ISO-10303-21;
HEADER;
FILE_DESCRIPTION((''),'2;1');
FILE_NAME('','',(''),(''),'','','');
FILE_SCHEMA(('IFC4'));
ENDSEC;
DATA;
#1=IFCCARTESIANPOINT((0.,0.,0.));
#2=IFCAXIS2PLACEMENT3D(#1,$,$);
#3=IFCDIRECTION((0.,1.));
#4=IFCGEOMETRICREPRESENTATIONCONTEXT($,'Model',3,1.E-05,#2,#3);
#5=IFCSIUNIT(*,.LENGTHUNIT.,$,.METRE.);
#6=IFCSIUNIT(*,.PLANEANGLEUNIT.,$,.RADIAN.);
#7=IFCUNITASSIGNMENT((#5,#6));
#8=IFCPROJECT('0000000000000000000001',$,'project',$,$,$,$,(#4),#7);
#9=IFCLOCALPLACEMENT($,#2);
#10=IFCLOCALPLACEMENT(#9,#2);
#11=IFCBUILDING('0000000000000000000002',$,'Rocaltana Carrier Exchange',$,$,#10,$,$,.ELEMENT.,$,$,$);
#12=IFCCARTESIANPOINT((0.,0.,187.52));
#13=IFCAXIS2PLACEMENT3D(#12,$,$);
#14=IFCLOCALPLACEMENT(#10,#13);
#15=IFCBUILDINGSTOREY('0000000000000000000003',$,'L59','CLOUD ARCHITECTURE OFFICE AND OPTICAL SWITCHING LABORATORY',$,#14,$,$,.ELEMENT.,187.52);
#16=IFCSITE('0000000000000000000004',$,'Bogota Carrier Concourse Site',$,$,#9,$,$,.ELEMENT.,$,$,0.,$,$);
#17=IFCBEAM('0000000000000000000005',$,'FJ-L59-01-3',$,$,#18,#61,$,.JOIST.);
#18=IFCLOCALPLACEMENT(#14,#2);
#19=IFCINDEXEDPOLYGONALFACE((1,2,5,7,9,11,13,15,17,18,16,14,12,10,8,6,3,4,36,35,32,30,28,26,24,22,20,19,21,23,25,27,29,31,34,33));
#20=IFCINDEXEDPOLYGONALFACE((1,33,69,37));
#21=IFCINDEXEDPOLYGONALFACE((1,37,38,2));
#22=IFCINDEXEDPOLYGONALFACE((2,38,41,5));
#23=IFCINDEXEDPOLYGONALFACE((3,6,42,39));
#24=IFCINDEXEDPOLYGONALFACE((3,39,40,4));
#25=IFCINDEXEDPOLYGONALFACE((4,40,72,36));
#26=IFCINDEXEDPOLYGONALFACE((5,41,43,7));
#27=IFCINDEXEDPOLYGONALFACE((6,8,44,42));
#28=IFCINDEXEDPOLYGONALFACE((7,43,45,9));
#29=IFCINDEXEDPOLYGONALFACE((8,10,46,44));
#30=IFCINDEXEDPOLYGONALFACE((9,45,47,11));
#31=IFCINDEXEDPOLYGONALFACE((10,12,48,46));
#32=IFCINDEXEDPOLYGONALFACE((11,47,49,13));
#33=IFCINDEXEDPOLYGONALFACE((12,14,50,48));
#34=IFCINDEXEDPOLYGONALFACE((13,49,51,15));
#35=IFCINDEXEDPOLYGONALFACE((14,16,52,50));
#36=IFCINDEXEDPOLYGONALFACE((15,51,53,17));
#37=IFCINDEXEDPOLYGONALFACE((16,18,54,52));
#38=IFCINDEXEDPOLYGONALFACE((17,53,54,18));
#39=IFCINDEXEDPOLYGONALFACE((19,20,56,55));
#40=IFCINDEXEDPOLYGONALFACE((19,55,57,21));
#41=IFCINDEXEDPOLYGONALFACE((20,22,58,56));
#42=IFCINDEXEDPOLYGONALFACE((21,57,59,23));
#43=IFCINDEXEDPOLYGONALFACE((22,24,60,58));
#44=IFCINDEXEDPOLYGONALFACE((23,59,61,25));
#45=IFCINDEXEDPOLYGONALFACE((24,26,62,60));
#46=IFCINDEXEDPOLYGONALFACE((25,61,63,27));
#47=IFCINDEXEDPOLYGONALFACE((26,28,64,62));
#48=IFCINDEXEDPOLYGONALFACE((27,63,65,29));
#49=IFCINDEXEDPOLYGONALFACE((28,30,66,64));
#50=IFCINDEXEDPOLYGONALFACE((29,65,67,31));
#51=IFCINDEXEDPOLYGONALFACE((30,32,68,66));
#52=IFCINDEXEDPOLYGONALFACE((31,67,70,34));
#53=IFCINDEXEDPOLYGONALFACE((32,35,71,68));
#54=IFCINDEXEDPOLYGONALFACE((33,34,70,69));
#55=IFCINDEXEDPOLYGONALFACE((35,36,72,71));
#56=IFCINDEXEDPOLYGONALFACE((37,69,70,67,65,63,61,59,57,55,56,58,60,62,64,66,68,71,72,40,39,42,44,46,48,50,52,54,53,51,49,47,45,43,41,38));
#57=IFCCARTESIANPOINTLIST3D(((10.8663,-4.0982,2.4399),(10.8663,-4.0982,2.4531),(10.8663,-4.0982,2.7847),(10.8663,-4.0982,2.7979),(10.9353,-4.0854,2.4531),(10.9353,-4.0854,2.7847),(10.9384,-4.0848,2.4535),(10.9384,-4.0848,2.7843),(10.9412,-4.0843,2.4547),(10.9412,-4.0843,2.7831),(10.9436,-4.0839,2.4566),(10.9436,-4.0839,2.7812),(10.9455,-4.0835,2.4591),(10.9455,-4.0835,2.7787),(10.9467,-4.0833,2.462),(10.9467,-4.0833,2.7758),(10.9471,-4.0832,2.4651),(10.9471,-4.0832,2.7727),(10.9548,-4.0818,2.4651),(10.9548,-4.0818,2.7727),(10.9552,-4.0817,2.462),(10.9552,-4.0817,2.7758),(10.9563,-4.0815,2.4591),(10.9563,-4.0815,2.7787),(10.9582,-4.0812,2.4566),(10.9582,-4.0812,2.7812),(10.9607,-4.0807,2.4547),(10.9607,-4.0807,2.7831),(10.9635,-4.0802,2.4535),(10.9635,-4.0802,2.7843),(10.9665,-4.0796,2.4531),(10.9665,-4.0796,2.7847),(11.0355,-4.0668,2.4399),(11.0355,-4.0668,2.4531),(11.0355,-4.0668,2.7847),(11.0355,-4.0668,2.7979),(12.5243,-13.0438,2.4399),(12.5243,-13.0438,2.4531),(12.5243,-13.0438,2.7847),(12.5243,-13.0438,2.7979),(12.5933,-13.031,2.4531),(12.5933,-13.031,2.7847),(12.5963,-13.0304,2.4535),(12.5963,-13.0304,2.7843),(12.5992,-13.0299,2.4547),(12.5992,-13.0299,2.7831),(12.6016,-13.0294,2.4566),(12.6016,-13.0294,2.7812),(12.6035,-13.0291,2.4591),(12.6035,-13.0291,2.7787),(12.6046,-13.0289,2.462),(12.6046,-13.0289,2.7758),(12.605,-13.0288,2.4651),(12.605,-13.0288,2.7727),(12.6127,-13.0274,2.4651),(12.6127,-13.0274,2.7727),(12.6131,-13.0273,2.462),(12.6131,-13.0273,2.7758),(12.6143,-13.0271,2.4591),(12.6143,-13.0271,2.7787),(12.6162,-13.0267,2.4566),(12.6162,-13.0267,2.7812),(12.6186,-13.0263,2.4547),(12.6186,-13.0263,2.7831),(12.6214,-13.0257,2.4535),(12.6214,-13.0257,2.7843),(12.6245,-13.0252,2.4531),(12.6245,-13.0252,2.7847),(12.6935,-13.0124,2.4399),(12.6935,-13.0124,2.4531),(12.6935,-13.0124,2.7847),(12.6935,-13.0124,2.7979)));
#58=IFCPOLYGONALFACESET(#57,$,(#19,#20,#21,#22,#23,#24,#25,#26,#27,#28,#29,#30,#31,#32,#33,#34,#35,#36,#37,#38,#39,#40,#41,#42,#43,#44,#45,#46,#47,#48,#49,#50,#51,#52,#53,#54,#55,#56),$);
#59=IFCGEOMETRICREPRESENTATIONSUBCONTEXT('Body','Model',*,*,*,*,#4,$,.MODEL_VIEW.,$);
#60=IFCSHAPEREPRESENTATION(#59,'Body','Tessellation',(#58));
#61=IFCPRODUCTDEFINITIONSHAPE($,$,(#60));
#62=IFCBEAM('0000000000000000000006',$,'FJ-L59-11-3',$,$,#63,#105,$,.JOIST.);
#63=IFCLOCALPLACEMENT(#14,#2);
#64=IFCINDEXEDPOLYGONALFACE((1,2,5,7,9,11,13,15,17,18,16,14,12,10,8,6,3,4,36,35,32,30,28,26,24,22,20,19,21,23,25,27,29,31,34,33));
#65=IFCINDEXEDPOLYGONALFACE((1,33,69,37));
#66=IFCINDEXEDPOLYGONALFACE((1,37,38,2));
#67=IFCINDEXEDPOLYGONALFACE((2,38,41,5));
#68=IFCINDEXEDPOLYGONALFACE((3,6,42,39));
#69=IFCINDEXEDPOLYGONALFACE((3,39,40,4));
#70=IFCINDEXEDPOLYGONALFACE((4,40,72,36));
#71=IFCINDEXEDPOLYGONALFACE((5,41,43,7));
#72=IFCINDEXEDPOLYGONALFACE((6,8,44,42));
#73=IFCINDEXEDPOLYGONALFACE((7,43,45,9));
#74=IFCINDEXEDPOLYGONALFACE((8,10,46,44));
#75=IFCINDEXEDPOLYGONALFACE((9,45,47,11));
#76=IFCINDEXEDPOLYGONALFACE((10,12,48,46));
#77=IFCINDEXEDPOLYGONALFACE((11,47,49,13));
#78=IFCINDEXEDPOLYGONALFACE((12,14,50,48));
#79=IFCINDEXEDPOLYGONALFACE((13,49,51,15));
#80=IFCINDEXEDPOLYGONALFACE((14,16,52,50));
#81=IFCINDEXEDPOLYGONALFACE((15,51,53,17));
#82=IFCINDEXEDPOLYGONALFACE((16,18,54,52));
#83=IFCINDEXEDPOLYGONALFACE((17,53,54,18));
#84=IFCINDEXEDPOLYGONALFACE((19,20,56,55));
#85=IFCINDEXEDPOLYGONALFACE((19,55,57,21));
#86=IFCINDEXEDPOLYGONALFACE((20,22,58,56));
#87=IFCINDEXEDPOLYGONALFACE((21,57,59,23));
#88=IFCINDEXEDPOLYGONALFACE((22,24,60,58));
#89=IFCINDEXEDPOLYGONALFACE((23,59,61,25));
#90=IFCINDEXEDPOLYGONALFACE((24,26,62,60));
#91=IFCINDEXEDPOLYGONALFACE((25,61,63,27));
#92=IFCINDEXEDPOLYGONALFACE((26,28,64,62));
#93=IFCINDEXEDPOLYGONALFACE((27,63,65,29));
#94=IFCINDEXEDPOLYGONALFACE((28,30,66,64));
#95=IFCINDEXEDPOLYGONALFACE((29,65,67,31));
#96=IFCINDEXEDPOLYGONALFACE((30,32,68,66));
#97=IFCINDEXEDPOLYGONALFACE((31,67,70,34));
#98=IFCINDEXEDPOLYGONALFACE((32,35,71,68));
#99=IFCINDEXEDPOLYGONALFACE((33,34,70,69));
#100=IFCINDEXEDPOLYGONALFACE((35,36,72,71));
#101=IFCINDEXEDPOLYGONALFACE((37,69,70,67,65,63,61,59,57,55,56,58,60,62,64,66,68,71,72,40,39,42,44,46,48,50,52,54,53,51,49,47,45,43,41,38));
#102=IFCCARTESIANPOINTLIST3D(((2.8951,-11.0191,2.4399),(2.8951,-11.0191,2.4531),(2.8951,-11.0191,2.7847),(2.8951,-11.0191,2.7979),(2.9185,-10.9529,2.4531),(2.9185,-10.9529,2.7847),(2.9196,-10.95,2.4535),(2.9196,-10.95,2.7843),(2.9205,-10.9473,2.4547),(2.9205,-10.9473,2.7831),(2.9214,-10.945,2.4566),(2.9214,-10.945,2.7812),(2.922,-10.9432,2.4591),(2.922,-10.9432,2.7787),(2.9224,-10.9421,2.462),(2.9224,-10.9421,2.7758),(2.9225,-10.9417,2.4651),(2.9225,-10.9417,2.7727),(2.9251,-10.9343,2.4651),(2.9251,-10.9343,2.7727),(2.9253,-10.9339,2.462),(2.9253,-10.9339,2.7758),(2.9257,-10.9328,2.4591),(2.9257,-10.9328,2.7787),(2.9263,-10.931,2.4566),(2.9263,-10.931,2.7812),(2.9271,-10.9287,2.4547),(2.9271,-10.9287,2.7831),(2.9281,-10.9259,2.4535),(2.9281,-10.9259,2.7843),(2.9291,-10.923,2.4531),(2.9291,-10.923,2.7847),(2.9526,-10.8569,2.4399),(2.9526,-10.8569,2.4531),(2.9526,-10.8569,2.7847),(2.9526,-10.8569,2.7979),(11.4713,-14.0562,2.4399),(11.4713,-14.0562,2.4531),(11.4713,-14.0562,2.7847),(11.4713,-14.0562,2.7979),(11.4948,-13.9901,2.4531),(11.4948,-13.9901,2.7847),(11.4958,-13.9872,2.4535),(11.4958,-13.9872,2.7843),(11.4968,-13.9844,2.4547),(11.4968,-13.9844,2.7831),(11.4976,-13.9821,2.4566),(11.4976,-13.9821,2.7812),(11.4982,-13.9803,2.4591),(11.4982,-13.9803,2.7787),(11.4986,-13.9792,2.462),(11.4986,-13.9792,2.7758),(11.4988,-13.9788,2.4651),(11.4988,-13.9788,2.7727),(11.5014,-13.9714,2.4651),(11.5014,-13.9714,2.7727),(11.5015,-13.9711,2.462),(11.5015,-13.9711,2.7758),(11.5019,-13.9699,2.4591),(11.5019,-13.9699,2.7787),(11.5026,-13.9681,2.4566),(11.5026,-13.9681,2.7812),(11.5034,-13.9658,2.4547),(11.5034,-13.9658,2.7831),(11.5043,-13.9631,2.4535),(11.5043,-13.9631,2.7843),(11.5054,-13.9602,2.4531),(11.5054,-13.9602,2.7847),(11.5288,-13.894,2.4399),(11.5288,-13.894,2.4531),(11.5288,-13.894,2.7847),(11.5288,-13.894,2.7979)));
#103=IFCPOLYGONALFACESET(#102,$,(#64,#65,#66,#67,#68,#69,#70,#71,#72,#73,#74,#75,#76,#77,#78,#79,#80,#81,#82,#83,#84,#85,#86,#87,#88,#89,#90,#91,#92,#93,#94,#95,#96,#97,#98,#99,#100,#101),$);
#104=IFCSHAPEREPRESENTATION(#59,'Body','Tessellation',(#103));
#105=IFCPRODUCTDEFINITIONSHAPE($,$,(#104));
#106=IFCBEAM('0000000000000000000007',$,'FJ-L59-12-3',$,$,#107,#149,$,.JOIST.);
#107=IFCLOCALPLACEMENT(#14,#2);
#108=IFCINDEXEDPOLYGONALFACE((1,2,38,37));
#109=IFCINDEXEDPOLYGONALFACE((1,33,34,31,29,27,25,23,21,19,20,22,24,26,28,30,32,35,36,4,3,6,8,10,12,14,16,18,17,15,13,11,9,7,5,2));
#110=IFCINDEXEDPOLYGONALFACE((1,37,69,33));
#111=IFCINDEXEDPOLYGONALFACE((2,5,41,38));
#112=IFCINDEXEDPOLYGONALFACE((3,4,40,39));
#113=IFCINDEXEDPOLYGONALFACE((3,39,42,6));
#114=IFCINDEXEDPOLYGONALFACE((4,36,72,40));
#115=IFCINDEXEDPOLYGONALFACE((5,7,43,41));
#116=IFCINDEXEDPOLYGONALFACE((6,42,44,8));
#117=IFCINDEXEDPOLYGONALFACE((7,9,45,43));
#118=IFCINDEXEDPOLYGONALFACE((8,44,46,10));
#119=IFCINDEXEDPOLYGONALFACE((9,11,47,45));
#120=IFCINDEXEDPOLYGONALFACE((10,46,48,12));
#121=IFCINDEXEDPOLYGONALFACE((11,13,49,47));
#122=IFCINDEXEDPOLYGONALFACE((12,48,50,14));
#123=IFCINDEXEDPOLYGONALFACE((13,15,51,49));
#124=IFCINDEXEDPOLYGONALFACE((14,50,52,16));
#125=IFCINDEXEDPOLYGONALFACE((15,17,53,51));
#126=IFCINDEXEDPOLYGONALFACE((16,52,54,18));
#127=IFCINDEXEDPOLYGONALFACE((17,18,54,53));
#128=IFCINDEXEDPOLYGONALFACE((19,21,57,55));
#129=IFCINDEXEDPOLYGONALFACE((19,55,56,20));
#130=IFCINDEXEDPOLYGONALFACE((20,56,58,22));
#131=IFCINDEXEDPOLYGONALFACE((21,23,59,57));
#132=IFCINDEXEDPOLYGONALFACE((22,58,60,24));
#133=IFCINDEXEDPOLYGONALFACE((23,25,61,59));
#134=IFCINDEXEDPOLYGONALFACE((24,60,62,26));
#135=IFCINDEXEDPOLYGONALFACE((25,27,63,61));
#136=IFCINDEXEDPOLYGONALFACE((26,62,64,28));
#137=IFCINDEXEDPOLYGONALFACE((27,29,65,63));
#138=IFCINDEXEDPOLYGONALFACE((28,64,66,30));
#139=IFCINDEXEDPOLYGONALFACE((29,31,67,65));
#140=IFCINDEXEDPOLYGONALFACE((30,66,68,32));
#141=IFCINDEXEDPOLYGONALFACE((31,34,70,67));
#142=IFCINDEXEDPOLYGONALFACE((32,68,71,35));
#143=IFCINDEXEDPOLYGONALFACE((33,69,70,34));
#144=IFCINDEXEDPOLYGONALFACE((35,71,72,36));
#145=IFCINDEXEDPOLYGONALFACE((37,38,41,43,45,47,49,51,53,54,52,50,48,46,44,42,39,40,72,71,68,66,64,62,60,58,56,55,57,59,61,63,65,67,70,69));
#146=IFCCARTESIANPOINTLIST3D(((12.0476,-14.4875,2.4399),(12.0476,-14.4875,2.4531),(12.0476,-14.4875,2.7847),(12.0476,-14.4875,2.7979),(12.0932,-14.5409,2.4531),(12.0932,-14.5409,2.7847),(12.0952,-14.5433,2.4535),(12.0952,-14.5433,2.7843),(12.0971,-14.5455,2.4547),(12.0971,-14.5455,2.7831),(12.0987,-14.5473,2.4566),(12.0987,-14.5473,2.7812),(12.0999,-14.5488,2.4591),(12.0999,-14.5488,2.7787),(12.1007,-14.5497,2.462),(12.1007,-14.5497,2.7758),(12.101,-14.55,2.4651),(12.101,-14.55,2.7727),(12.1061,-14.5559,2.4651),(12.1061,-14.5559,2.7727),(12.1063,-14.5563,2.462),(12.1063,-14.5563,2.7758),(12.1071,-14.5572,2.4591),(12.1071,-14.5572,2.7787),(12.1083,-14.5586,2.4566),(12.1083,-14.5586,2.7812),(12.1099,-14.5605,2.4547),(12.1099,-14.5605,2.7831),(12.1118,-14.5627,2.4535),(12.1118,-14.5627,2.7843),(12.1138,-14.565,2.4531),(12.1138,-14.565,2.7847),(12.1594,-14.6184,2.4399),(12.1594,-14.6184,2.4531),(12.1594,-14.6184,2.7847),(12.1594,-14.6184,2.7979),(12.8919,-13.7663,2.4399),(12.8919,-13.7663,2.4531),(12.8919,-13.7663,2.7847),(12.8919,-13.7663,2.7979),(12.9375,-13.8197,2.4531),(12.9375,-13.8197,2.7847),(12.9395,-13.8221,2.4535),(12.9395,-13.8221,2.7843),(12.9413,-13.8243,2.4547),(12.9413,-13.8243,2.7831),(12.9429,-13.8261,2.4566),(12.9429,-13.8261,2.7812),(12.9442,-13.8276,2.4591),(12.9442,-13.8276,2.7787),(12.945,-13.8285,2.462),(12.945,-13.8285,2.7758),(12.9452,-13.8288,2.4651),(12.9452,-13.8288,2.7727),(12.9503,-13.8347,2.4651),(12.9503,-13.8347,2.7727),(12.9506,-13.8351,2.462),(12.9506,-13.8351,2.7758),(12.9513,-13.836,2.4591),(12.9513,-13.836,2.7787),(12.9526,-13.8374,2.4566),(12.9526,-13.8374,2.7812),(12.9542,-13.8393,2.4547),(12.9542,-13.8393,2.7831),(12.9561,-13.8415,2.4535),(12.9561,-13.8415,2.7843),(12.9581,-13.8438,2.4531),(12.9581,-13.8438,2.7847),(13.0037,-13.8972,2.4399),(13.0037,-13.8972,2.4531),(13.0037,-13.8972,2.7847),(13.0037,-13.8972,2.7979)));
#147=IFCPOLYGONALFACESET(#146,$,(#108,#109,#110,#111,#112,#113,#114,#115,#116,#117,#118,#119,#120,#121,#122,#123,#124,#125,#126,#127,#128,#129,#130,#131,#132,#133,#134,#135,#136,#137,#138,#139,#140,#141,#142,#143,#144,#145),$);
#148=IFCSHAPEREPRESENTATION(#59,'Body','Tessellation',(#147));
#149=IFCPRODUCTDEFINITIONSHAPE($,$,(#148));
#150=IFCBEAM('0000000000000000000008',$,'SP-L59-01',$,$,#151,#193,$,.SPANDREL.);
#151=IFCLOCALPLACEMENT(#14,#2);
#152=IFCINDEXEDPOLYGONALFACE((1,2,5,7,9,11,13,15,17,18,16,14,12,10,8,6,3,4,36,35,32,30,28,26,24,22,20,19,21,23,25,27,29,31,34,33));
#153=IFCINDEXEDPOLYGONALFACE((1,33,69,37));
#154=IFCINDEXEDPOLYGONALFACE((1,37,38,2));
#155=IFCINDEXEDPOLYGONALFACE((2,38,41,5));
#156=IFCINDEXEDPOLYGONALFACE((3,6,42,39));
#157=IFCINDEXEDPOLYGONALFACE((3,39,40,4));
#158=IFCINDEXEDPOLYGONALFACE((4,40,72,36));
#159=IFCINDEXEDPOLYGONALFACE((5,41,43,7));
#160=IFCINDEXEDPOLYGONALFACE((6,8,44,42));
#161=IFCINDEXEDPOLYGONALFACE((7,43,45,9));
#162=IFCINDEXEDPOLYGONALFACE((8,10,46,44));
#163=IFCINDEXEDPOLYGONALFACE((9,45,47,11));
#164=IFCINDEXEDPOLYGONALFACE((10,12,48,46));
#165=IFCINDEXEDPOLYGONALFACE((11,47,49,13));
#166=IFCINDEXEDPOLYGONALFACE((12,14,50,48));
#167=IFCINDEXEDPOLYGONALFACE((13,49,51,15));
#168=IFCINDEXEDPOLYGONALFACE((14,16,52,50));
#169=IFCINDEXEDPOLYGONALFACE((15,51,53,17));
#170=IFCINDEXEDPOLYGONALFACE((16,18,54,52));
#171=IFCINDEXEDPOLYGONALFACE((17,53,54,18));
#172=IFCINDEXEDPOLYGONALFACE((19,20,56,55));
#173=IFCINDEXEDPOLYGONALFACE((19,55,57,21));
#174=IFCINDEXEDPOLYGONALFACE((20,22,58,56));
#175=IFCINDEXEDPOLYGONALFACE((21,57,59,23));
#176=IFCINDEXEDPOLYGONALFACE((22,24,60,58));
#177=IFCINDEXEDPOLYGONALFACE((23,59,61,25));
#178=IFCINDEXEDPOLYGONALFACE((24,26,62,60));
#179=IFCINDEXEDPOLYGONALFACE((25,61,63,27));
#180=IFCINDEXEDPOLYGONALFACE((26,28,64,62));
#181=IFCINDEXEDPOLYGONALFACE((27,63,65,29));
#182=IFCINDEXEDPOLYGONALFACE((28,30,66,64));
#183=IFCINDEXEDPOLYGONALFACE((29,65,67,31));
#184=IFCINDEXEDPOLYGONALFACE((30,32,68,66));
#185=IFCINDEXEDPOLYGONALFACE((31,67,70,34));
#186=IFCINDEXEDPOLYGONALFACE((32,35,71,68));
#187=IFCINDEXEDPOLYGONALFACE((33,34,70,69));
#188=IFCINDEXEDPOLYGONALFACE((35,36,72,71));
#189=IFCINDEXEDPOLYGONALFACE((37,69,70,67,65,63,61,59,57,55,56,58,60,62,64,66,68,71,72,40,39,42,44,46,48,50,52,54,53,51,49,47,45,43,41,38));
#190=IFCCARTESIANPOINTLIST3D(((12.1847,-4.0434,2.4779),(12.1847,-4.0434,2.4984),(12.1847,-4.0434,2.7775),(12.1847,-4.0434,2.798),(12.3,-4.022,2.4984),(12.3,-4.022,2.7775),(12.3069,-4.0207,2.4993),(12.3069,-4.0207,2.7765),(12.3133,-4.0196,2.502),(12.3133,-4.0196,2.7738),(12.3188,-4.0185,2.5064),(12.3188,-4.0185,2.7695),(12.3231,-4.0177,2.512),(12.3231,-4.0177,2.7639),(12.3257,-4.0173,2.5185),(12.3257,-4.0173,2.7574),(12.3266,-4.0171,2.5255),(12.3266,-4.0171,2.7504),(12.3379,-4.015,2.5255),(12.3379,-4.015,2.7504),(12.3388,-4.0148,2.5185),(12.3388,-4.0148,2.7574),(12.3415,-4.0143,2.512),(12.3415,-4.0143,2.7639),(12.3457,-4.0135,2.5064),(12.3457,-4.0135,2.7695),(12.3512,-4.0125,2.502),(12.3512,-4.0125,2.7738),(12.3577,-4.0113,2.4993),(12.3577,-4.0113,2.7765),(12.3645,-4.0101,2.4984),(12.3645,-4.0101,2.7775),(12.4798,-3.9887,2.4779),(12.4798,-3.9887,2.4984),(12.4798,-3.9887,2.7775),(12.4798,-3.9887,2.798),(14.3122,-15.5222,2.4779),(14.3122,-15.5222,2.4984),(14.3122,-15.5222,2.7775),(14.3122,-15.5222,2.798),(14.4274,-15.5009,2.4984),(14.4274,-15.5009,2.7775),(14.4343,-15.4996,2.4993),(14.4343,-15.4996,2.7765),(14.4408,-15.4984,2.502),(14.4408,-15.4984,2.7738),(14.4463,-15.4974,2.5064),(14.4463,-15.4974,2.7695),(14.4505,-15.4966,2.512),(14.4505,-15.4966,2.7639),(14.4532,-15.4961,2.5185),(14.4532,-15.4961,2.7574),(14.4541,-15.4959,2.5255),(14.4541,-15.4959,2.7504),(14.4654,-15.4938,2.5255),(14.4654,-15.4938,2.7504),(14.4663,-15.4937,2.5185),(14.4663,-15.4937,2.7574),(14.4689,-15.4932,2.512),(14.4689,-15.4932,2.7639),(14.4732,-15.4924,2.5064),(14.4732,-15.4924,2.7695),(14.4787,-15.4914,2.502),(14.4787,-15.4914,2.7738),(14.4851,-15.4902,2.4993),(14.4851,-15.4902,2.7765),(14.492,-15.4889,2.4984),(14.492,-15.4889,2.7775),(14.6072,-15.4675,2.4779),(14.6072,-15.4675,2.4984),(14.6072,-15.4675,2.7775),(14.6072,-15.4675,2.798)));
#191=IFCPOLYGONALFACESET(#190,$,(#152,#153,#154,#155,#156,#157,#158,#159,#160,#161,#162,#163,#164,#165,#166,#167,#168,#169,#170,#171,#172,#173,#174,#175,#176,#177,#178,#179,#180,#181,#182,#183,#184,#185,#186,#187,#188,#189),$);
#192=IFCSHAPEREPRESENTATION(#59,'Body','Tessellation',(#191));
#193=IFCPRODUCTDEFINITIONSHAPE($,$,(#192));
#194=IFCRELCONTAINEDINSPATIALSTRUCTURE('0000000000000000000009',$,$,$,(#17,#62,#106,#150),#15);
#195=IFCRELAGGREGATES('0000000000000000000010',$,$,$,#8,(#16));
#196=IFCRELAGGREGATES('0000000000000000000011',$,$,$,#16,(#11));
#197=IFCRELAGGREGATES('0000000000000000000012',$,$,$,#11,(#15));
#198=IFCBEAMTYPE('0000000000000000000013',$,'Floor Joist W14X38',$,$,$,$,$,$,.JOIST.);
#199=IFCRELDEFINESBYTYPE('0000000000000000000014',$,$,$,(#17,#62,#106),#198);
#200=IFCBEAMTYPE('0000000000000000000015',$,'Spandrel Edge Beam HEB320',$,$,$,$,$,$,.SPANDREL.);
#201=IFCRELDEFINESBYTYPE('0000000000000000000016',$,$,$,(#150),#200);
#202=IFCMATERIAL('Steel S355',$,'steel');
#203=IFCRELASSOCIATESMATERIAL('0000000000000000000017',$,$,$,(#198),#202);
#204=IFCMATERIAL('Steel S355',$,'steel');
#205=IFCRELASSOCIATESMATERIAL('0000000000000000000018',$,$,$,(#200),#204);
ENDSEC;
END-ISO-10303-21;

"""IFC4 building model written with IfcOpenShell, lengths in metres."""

from ifc_helpers import new_model, si_unit, direction, frame, origin, origin_2d, place, context, subcontext, project, spatial, i_section, extrude, material, material_profile, profile_set, type_object, element, save


model = new_model("IFC4")

# Units and contexts
model_context = context("Model", 3, precision=1e-05, world=origin(), true_north=direction((0.0, 1.0)))
body_context = subcontext(model_context, "Body", "Model", "MODEL_VIEW")
ifc_project = project(units=[si_unit("LENGTHUNIT", "METRE"), si_unit("PLANEANGLEUNIT", "RADIAN")], contexts=[model_context])

# Site, building, storey
site_placement = place(None, origin())
site = spatial("IfcSite", under=ifc_project, at=site_placement, Name="Bogota Carrier Concourse Site", CompositionType="ELEMENT", RefElevation=0.0)
building_placement = place(site_placement, origin())
building = spatial("IfcBuilding", under=site, at=building_placement, Name="Rocaltana Carrier Exchange", CompositionType="ELEMENT")
storey_placement = place(building_placement, frame((0.0, 0.0, 187.52)))
storey = spatial("IfcBuildingStorey", under=building, at=storey_placement, Name="L59", Description="CLOUD ARCHITECTURE OFFICE AND OPTICAL SWITCHING LABORATORY", CompositionType="ELEMENT", Elevation=187.52)

# Beams
ifc_material_1 = material(Name="Steel S355", Category="steel")
ifc_material_profile_1 = material_profile(ifc_material_1, i_section(OverallWidth=0.1721, OverallDepth=0.3579, WebThickness=0.0078, FlangeThickness=0.0132, FilletRadius=0.012, at=origin_2d()), Name="W14X38")
ifc_profile_set_1 = profile_set([ifc_material_profile_1], Name="Steel S355")
beam_type_1 = type_object("IfcBeamType", Name="Floor Joist W14X38", PredefinedType="JOIST", material=ifc_profile_set_1)
beam_1_placement = place(storey_placement, frame((12.6089, -13.0281, 2.6189), z_axis=(-0.182235, 0.983255, 0.0), x_axis=(-0.983255, -0.182235, 0.0)))
element("IfcBeam", 1, at=beam_1_placement, inside=storey, type_object=beam_type_1, Name="FJ-L59-01-3", PredefinedType="JOIST", context=body_context, shape_type="SweptSolid", body=[
    extrude(i_section(OverallWidth=0.1721, OverallDepth=0.3579, WebThickness=0.0078, FlangeThickness=0.0132, FilletRadius=0.012, at=origin_2d()), origin(), (0.0, 0.0, 1.0), 9.0979),
])
beam_2_placement = place(storey_placement, frame((2.9238, -10.938, 2.6189), z_axis=(0.942637, -0.333819, 0.0), x_axis=(0.333819, 0.942637, 0.0)))
element("IfcBeam", 2, at=beam_2_placement, inside=storey, type_object=beam_type_1, Name="FJ-L59-11-3", PredefinedType="JOIST", context=body_context, shape_type="SweptSolid", body=[
    extrude(i_section(OverallWidth=0.1721, OverallDepth=0.3579, WebThickness=0.0078, FlangeThickness=0.0132, FilletRadius=0.012, at=origin_2d()), origin(), (0.0, 0.0, 1.0), 9.0981),
])
beam_3_placement = place(storey_placement, frame((12.1035, -14.553, 2.6189), z_axis=(0.760342, 0.649523, 0.0), x_axis=(-0.649523, 0.760342, 0.0)))
element("IfcBeam", 3, at=beam_3_placement, inside=storey, type_object=beam_type_1, Name="FJ-L59-12-3", PredefinedType="JOIST", context=body_context, shape_type="SweptSolid", body=[
    extrude(i_section(OverallWidth=0.1721, OverallDepth=0.3579, WebThickness=0.0078, FlangeThickness=0.0132, FilletRadius=0.012, at=origin_2d()), origin(), (0.0, 0.0, 1.0), 1.1104),
])
ifc_material_2 = material(Name="Steel S355", Category="steel")
ifc_material_profile_2 = material_profile(ifc_material_2, i_section(OverallWidth=0.3, OverallDepth=0.3201, WebThickness=0.0115, FlangeThickness=0.0205, FilletRadius=0.0271, at=origin_2d()), Name="HEB320")
ifc_profile_set_2 = profile_set([ifc_material_profile_2], Name="Steel S355")
beam_type_2 = type_object("IfcBeamType", Name="Spandrel Edge Beam HEB320", PredefinedType="SPANDREL", material=ifc_profile_set_2)
for number, where, z_axis, x_axis, name in (
    (4, (14.4597, -15.4949, 2.6379), (-0.182234, 0.983255, 0.0), (-0.983255, -0.182234, 0.0), "SP-L59-01"),
):
    element("IfcBeam", number, at=place(storey_placement, frame(where, z_axis=z_axis, x_axis=x_axis)), inside=storey, type_object=beam_type_2, Name=name, PredefinedType="SPANDREL", context=body_context, shape_type="SweptSolid", body=[
        extrude(i_section(OverallWidth=0.3, OverallDepth=0.3201, WebThickness=0.0115, FlangeThickness=0.0205, FilletRadius=0.0271, at=origin_2d()), origin(), (0.0, 0.0, 1.0), 11.6743),
    ])

save(model, "model.ifc")
